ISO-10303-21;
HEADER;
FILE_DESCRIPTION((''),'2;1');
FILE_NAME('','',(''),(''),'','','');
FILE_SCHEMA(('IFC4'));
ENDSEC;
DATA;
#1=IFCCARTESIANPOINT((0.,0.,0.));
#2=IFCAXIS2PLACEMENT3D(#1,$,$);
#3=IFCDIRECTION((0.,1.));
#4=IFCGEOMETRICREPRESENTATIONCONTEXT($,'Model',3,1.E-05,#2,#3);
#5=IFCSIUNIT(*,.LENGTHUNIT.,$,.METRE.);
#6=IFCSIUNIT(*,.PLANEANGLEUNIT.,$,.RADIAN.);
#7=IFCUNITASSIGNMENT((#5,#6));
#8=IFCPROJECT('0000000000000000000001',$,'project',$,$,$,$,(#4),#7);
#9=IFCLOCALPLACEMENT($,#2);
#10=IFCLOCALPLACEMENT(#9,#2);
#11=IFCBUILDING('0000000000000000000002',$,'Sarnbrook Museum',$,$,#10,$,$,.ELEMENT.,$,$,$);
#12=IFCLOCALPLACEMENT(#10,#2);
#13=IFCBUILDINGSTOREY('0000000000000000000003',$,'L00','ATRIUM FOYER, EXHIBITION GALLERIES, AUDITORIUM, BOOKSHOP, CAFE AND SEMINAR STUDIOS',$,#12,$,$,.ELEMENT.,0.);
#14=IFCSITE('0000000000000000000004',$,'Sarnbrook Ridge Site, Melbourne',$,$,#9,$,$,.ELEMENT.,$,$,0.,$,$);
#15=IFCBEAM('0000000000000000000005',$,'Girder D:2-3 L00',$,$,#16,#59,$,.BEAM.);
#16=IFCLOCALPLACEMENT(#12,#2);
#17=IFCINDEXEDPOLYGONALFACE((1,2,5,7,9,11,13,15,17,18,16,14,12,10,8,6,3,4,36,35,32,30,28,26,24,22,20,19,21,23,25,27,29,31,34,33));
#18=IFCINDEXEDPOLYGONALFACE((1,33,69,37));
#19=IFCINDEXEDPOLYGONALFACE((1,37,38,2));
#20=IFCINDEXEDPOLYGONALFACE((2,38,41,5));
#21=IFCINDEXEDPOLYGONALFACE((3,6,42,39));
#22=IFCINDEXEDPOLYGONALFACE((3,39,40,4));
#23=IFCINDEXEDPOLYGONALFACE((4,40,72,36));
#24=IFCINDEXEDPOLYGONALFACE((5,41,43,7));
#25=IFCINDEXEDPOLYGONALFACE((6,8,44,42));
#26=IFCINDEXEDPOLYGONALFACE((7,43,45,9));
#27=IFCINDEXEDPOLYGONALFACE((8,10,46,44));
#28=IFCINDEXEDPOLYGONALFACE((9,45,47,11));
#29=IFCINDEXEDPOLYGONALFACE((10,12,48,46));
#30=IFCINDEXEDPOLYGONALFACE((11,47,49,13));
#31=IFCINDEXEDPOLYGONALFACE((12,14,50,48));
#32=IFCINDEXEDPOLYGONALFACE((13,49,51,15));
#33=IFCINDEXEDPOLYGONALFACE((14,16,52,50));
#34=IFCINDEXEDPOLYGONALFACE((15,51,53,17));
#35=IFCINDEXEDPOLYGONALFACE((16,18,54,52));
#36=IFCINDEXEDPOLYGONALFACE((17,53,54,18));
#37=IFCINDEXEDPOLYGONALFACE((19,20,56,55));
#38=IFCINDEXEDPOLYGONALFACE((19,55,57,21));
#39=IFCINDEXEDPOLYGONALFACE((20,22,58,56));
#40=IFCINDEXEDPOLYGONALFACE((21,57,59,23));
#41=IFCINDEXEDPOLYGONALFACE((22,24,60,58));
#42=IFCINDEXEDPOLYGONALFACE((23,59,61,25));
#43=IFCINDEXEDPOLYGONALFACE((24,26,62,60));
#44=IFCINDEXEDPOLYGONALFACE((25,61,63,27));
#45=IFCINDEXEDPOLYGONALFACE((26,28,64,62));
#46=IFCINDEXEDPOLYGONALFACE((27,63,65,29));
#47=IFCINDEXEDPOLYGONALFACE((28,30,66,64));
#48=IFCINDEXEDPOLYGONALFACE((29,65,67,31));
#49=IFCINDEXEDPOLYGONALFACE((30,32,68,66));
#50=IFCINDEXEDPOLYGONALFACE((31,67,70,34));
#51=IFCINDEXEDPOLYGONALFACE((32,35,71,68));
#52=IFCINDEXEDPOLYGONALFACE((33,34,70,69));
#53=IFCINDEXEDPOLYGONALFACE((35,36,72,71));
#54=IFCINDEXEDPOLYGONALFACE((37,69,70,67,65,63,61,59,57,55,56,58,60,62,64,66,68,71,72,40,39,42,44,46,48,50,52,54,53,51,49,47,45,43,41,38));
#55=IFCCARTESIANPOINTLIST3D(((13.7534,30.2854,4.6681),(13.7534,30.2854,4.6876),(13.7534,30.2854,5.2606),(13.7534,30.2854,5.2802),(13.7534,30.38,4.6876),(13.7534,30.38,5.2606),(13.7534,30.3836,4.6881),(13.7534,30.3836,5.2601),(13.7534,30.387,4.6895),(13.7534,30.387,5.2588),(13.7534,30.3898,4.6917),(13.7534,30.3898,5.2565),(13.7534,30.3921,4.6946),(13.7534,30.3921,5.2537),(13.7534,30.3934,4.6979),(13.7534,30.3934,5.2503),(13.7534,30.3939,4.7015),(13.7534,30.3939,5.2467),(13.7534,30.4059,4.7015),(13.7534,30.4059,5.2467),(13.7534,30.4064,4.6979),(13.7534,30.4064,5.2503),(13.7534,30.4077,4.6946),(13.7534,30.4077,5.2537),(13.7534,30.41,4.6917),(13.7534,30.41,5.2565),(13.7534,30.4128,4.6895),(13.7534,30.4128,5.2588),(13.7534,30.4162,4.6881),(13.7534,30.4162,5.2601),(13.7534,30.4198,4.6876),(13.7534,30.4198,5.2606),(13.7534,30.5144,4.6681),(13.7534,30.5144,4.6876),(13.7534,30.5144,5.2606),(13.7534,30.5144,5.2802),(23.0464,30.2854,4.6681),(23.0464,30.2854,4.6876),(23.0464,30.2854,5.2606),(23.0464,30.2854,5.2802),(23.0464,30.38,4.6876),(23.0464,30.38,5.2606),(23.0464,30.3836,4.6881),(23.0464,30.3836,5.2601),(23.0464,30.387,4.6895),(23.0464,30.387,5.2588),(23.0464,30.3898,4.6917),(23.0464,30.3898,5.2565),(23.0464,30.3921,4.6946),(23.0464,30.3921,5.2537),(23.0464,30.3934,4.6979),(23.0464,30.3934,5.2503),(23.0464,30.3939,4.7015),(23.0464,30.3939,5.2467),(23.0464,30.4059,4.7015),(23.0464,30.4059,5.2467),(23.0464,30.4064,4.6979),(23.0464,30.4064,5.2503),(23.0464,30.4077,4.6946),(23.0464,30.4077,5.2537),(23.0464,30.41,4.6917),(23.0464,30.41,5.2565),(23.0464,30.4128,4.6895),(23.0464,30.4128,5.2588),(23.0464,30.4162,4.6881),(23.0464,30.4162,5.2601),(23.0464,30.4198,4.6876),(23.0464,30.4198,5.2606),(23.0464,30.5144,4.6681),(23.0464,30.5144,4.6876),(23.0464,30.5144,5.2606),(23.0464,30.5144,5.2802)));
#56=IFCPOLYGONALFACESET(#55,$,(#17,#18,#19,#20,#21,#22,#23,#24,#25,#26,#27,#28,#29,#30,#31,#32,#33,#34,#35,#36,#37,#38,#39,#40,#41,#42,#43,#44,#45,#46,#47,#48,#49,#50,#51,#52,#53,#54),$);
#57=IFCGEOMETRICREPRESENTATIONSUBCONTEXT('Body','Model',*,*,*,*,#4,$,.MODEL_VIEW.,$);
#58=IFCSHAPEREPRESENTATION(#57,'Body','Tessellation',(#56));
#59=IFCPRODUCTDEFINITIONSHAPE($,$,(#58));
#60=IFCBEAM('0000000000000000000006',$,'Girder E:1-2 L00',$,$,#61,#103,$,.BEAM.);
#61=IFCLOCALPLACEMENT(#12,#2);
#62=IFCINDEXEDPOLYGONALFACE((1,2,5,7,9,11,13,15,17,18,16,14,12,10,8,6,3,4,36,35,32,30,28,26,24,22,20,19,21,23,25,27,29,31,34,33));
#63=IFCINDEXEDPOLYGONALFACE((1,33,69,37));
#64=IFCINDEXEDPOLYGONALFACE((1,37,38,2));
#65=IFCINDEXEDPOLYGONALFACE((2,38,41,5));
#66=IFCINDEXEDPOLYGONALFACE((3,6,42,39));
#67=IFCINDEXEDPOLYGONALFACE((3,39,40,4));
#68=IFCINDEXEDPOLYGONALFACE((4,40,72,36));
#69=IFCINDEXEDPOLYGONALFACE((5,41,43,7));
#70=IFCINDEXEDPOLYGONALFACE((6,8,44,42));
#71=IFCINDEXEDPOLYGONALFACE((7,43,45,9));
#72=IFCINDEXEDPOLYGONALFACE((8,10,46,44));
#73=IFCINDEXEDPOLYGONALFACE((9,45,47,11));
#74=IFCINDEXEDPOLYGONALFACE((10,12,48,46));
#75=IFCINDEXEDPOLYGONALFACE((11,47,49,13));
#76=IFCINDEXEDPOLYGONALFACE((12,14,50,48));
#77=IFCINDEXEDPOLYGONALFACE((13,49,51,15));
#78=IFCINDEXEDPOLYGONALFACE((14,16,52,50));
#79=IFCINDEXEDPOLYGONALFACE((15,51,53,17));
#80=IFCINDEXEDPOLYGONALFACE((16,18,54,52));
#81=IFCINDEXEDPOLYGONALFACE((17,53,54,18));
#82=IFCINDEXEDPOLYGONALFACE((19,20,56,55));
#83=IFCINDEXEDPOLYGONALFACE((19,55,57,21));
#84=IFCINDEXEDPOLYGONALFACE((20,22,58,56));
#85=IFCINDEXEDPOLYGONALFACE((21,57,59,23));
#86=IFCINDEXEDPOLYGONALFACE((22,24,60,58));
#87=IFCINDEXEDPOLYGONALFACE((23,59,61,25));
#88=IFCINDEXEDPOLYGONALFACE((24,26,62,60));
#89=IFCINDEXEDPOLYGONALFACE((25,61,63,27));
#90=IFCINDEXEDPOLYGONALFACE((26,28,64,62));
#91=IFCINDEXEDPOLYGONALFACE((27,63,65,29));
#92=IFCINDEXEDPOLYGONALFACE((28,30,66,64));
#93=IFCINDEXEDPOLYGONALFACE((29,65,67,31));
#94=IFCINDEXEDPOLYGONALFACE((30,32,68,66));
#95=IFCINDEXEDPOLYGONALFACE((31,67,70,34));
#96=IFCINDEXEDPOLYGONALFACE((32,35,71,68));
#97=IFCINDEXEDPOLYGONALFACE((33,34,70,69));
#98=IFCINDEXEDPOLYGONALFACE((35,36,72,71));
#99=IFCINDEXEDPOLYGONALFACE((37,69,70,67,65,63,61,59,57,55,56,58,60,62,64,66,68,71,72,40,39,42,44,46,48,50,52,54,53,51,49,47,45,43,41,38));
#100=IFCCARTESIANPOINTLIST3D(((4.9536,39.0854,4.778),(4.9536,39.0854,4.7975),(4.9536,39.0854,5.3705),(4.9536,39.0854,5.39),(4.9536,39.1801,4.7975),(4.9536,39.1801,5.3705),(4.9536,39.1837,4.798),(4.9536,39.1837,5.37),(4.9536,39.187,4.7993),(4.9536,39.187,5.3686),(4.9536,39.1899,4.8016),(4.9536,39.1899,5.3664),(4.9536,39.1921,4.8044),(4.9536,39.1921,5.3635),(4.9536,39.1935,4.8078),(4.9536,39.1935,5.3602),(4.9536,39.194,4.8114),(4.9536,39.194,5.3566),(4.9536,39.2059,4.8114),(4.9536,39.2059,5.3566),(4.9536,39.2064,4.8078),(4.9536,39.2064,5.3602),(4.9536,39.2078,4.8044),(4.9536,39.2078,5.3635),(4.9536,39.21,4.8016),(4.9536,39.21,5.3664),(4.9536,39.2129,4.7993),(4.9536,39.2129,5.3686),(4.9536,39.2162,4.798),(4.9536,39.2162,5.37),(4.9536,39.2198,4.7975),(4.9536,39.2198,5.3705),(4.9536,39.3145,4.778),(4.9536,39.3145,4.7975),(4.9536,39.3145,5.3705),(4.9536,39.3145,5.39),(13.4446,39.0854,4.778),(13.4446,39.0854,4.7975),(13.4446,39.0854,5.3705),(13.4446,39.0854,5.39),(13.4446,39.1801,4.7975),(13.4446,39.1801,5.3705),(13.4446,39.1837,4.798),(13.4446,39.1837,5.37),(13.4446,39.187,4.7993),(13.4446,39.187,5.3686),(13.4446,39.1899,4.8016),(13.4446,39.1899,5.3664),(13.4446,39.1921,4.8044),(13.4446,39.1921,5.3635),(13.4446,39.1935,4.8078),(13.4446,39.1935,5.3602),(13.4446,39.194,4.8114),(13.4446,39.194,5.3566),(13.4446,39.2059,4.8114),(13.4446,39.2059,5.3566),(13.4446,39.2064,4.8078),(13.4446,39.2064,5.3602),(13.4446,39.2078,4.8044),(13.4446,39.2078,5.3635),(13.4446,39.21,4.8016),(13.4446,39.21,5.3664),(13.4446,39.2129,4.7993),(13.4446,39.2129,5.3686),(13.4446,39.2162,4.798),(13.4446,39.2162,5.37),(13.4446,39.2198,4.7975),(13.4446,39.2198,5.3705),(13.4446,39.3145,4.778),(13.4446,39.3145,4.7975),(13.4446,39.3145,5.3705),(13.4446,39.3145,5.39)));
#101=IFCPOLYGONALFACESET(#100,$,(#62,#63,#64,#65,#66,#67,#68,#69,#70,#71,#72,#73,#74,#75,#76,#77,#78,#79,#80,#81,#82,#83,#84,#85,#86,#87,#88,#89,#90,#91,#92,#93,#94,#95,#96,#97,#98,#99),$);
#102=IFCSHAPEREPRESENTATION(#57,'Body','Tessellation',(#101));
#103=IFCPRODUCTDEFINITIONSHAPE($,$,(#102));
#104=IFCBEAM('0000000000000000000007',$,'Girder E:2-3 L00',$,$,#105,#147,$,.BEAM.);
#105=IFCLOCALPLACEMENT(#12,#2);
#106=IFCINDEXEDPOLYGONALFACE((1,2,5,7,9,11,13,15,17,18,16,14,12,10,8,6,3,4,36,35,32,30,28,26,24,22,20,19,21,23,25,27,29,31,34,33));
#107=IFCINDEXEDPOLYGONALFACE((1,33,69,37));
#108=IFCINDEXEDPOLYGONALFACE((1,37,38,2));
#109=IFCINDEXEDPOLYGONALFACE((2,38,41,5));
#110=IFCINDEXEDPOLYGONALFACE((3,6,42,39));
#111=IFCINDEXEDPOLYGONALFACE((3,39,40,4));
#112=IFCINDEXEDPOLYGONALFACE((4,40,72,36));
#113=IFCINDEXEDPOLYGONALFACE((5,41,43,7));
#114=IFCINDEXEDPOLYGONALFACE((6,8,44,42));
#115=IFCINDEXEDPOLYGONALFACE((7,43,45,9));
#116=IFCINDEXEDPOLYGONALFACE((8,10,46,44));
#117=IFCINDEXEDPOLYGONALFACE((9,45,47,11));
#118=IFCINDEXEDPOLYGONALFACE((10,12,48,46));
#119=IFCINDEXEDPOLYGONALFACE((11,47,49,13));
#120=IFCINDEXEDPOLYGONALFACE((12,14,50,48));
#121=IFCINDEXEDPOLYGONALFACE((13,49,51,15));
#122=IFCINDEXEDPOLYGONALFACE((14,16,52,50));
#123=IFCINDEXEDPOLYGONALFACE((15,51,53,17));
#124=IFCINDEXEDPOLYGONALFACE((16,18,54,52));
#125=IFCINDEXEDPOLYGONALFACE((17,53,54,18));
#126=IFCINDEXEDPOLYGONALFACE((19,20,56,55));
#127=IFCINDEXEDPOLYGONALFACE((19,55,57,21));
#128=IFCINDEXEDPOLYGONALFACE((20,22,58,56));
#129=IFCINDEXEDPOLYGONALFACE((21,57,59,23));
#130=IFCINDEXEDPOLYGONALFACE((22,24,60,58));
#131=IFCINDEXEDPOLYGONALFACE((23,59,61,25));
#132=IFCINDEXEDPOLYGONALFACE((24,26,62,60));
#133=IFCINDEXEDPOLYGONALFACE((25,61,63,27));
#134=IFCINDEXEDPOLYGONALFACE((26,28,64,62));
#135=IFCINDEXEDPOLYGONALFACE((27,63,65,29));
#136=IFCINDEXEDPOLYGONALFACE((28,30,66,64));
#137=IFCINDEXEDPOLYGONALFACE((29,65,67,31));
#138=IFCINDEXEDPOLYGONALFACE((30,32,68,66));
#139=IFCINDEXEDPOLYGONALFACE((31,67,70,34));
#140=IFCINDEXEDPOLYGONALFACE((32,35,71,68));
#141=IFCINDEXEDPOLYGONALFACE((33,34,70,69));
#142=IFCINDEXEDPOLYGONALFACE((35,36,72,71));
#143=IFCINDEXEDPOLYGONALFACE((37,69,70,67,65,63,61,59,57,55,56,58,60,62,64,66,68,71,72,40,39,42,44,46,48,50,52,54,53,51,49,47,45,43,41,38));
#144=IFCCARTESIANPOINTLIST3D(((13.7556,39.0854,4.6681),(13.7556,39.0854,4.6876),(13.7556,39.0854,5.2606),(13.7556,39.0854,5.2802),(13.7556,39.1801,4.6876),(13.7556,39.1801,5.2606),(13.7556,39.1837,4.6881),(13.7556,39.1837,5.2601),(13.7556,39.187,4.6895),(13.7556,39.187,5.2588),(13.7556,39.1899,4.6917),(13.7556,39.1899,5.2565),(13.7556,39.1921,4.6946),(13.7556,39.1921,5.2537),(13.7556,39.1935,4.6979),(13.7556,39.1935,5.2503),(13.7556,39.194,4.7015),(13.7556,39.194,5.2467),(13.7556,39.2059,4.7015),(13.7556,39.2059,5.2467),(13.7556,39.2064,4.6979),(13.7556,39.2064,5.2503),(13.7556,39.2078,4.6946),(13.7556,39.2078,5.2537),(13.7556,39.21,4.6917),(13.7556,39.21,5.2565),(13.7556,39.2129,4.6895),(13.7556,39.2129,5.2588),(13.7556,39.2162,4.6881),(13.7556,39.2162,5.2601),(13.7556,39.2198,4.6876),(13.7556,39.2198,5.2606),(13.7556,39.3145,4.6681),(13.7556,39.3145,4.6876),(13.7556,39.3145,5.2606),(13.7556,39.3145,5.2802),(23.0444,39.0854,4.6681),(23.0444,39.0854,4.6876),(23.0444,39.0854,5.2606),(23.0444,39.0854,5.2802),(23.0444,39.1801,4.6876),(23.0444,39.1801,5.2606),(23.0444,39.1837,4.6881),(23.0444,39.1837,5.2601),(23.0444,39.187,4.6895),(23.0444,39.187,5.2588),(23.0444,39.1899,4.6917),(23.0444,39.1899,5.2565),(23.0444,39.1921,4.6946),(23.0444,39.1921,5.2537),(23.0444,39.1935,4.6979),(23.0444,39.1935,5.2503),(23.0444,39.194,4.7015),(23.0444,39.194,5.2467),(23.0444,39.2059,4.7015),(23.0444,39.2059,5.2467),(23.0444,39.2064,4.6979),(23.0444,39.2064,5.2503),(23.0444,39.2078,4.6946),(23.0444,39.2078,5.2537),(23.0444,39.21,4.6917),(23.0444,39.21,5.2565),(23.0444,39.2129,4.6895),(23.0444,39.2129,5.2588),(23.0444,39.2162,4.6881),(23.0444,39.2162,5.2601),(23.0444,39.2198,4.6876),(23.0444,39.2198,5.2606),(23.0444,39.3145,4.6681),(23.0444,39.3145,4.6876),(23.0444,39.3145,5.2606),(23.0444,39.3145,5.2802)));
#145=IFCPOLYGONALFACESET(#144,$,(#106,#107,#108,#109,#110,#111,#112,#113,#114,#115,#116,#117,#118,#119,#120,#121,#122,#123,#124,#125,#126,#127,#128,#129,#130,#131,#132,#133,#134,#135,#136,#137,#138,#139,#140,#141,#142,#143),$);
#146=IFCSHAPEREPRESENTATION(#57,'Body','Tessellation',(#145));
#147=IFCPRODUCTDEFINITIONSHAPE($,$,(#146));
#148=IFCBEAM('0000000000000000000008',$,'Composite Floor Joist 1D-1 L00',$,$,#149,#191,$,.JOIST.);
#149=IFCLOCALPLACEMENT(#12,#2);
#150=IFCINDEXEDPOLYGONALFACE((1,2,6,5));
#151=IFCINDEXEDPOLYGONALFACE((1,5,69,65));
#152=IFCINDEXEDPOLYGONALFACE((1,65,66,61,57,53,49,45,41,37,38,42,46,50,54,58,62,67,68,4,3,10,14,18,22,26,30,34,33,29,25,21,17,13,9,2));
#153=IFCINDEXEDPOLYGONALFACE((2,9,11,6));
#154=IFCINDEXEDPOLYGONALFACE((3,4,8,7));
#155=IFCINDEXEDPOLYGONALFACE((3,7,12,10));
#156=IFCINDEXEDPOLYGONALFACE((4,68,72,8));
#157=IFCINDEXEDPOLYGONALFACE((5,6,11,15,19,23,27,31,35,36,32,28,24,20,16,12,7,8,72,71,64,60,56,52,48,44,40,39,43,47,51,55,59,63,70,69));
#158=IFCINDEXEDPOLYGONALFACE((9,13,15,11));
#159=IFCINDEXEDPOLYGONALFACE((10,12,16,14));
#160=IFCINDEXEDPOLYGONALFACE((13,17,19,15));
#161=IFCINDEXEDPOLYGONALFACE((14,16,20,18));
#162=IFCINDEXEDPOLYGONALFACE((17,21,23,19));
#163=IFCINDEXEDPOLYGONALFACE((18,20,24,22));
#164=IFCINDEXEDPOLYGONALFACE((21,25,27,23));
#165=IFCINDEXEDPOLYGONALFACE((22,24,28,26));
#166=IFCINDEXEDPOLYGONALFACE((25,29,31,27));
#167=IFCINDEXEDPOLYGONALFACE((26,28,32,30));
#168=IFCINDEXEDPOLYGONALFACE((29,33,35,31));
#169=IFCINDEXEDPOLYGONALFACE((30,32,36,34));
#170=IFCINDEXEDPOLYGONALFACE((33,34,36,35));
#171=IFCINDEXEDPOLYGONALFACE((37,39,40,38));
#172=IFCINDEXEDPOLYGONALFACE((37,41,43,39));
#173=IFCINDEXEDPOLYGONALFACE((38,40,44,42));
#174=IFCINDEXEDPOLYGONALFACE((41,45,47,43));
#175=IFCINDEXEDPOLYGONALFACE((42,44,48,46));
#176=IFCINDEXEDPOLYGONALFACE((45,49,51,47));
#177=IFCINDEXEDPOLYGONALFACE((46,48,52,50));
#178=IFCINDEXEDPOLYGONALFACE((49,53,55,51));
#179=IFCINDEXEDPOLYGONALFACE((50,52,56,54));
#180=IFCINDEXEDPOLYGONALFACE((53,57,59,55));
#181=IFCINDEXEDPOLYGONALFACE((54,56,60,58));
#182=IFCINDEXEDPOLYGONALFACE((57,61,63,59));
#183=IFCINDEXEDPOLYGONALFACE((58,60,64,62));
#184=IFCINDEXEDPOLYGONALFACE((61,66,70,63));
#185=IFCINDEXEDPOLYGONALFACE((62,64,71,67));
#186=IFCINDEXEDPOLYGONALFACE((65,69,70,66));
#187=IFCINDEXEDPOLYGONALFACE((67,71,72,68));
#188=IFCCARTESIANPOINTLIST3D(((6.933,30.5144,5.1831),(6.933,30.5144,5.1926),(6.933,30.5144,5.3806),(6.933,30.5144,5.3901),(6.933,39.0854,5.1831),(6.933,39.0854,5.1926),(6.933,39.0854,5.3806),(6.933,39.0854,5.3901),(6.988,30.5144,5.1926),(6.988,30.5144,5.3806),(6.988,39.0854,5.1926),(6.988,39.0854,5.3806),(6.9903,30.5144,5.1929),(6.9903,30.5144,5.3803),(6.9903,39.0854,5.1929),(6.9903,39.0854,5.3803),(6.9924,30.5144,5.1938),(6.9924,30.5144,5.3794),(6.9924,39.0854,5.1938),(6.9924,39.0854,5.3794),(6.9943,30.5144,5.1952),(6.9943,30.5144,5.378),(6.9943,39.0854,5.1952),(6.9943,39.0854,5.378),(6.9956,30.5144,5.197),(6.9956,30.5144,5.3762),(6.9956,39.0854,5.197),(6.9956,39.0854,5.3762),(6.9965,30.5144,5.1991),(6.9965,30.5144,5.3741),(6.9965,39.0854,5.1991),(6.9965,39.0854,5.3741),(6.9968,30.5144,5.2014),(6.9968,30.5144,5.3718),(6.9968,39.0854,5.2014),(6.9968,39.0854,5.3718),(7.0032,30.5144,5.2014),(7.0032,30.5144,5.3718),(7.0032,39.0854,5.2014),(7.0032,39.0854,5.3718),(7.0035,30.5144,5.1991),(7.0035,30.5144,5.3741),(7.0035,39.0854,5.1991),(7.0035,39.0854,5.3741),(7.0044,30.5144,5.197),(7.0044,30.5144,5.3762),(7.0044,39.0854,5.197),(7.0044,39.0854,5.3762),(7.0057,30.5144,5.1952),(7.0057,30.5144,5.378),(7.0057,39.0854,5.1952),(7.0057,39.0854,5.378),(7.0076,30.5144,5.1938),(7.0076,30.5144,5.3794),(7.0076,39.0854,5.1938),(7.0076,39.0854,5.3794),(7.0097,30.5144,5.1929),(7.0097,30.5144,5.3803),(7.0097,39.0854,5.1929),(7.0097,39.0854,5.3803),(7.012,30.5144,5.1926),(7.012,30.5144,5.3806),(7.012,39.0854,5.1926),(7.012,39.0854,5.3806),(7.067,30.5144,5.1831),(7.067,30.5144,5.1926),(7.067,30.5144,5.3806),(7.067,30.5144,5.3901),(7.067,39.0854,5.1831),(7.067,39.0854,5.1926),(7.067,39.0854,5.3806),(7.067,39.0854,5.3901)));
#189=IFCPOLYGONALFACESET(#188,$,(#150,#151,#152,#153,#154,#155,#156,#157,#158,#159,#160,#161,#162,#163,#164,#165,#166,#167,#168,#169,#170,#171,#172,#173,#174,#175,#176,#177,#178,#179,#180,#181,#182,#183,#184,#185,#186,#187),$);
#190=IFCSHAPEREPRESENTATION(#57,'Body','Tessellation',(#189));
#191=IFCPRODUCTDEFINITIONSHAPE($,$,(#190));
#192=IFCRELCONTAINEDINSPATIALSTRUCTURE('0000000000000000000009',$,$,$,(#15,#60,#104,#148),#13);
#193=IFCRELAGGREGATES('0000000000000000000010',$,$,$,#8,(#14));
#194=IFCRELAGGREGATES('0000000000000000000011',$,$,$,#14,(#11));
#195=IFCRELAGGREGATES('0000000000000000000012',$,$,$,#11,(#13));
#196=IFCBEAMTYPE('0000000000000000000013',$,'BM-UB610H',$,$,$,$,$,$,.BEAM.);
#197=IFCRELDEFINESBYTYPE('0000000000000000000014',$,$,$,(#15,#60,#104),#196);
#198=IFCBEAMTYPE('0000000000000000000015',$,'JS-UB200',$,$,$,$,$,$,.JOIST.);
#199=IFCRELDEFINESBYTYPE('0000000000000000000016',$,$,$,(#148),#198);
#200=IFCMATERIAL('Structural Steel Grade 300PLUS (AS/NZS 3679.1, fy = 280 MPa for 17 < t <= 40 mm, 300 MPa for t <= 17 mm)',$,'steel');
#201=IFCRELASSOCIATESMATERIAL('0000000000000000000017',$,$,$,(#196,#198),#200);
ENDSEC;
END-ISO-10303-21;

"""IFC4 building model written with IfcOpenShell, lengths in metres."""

from ifc_helpers import new_model, si_unit, direction, frame, origin, origin_2d, place, context, subcontext, project, spatial, i_section, extrude, material, material_profile, profile_set, type_object, element, save


model = new_model("IFC4")

# Units and contexts
model_context = context("Model", 3, precision=1e-05, world=origin(), true_north=direction((0.0, 1.0)))
body_context = subcontext(model_context, "Body", "Model", "MODEL_VIEW")
ifc_project = project(units=[si_unit("LENGTHUNIT", "METRE"), si_unit("PLANEANGLEUNIT", "RADIAN")], contexts=[model_context])

# Site, building, storey
site_placement = place(None, origin())
site = spatial("IfcSite", under=ifc_project, at=site_placement, Name="Sarnbrook Ridge Site, Melbourne", CompositionType="ELEMENT", RefElevation=0.0)
building_placement = place(site_placement, origin())
building = spatial("IfcBuilding", under=site, at=building_placement, Name="Sarnbrook Museum", CompositionType="ELEMENT")
storey_placement = place(building_placement, origin())
storey = spatial("IfcBuildingStorey", under=building, at=storey_placement, Name="L00", Description="ATRIUM FOYER, EXHIBITION GALLERIES, AUDITORIUM, BOOKSHOP, CAFE AND SEMINAR STUDIOS", CompositionType="ELEMENT", Elevation=0.0)

# Shared definitions
ifc_material_1 = material(Name="Structural Steel Grade 300PLUS (AS/NZS 3679.1, fy = 280 MPa for 17 < t <= 40 mm, 300 MPa for t <= 17 mm)", Category="steel")

# Beams
ifc_material_profile_1 = material_profile(ifc_material_1, i_section(OverallWidth=0.229, OverallDepth=0.6121, WebThickness=0.012, FlangeThickness=0.0195, FilletRadius=0.0139, at=origin_2d()), Name="610UB125")
ifc_profile_set_1 = profile_set([ifc_material_profile_1], Name="Structural Steel Grade 300PLUS (AS/NZS 3679.1, fy = 280 MPa for 17 < t <= 40 mm, 300 MPa for t <= 17 mm)")
beam_type_1 = type_object("IfcBeamType", Name="BM-UB610H", PredefinedType="BEAM", material=ifc_profile_set_1)
beam_1_placement = place(storey_placement, frame((13.7534, 30.3999, 4.9741), z_axis=(1.0, 0.0, 0.0), x_axis=(0.0, 1.0, 0.0)))
element("IfcBeam", 1, at=beam_1_placement, inside=storey, type_object=beam_type_1, Name="Girder D:2-3 L00", PredefinedType="BEAM", context=body_context, shape_type="SweptSolid", body=[
    extrude(i_section(OverallWidth=0.229, OverallDepth=0.6121, WebThickness=0.012, FlangeThickness=0.0195, FilletRadius=0.0139, at=origin_2d()), origin(), (0.0, 0.0, 1.0), 9.293),
])
beam_2_placement = place(storey_placement, frame((4.9536, 39.2, 5.084), z_axis=(1.0, 0.0, 0.0), x_axis=(0.0, 1.0, 0.0)))
element("IfcBeam", 2, at=beam_2_placement, inside=storey, type_object=beam_type_1, Name="Girder E:1-2 L00", PredefinedType="BEAM", context=body_context, shape_type="SweptSolid", body=[
    extrude(i_section(OverallWidth=0.229, OverallDepth=0.6121, WebThickness=0.012, FlangeThickness=0.0195, FilletRadius=0.0139, at=origin_2d()), origin(), (0.0, 0.0, 1.0), 8.491),
])
beam_3_placement = place(storey_placement, frame((13.7556, 39.2, 4.9741), z_axis=(1.0, 0.0, 0.0), x_axis=(0.0, 1.0, 0.0)))
element("IfcBeam", 3, at=beam_3_placement, inside=storey, type_object=beam_type_1, Name="Girder E:2-3 L00", PredefinedType="BEAM", context=body_context, shape_type="SweptSolid", body=[
    extrude(i_section(OverallWidth=0.229, OverallDepth=0.6121, WebThickness=0.012, FlangeThickness=0.0195, FilletRadius=0.0139, at=origin_2d()), origin(), (0.0, 0.0, 1.0), 9.2888),
])
ifc_material_profile_2 = material_profile(ifc_material_1, i_section(OverallWidth=0.134, OverallDepth=0.207, WebThickness=0.0063, FlangeThickness=0.0095, FilletRadius=0.0088, at=origin_2d()), Name="200UB29.8")
ifc_profile_set_2 = profile_set([ifc_material_profile_2], Name="Structural Steel Grade 300PLUS (AS/NZS 3679.1, fy = 280 MPa for 17 < t <= 40 mm, 300 MPa for t <= 17 mm)")
beam_type_2 = type_object("IfcBeamType", Name="JS-UB200", PredefinedType="JOIST", material=ifc_profile_set_2)
for number, where, z_axis, x_axis, name in (
    (4, (7.0, 30.5144, 5.2866), (0.0, 1.0, 0.0), (-1.0, 0.0, 0.0), "Composite Floor Joist 1D-1 L00"),
):
    element("IfcBeam", number, at=place(storey_placement, frame(where, z_axis=z_axis, x_axis=x_axis)), inside=storey, type_object=beam_type_2, Name=name, PredefinedType="JOIST", context=body_context, shape_type="SweptSolid", body=[
        extrude(i_section(OverallWidth=0.134, OverallDepth=0.207, WebThickness=0.0063, FlangeThickness=0.0095, FilletRadius=0.0088, at=origin_2d()), origin(), (0.0, 0.0, 1.0), 8.571),
    ])

save(model, "model.ifc")
